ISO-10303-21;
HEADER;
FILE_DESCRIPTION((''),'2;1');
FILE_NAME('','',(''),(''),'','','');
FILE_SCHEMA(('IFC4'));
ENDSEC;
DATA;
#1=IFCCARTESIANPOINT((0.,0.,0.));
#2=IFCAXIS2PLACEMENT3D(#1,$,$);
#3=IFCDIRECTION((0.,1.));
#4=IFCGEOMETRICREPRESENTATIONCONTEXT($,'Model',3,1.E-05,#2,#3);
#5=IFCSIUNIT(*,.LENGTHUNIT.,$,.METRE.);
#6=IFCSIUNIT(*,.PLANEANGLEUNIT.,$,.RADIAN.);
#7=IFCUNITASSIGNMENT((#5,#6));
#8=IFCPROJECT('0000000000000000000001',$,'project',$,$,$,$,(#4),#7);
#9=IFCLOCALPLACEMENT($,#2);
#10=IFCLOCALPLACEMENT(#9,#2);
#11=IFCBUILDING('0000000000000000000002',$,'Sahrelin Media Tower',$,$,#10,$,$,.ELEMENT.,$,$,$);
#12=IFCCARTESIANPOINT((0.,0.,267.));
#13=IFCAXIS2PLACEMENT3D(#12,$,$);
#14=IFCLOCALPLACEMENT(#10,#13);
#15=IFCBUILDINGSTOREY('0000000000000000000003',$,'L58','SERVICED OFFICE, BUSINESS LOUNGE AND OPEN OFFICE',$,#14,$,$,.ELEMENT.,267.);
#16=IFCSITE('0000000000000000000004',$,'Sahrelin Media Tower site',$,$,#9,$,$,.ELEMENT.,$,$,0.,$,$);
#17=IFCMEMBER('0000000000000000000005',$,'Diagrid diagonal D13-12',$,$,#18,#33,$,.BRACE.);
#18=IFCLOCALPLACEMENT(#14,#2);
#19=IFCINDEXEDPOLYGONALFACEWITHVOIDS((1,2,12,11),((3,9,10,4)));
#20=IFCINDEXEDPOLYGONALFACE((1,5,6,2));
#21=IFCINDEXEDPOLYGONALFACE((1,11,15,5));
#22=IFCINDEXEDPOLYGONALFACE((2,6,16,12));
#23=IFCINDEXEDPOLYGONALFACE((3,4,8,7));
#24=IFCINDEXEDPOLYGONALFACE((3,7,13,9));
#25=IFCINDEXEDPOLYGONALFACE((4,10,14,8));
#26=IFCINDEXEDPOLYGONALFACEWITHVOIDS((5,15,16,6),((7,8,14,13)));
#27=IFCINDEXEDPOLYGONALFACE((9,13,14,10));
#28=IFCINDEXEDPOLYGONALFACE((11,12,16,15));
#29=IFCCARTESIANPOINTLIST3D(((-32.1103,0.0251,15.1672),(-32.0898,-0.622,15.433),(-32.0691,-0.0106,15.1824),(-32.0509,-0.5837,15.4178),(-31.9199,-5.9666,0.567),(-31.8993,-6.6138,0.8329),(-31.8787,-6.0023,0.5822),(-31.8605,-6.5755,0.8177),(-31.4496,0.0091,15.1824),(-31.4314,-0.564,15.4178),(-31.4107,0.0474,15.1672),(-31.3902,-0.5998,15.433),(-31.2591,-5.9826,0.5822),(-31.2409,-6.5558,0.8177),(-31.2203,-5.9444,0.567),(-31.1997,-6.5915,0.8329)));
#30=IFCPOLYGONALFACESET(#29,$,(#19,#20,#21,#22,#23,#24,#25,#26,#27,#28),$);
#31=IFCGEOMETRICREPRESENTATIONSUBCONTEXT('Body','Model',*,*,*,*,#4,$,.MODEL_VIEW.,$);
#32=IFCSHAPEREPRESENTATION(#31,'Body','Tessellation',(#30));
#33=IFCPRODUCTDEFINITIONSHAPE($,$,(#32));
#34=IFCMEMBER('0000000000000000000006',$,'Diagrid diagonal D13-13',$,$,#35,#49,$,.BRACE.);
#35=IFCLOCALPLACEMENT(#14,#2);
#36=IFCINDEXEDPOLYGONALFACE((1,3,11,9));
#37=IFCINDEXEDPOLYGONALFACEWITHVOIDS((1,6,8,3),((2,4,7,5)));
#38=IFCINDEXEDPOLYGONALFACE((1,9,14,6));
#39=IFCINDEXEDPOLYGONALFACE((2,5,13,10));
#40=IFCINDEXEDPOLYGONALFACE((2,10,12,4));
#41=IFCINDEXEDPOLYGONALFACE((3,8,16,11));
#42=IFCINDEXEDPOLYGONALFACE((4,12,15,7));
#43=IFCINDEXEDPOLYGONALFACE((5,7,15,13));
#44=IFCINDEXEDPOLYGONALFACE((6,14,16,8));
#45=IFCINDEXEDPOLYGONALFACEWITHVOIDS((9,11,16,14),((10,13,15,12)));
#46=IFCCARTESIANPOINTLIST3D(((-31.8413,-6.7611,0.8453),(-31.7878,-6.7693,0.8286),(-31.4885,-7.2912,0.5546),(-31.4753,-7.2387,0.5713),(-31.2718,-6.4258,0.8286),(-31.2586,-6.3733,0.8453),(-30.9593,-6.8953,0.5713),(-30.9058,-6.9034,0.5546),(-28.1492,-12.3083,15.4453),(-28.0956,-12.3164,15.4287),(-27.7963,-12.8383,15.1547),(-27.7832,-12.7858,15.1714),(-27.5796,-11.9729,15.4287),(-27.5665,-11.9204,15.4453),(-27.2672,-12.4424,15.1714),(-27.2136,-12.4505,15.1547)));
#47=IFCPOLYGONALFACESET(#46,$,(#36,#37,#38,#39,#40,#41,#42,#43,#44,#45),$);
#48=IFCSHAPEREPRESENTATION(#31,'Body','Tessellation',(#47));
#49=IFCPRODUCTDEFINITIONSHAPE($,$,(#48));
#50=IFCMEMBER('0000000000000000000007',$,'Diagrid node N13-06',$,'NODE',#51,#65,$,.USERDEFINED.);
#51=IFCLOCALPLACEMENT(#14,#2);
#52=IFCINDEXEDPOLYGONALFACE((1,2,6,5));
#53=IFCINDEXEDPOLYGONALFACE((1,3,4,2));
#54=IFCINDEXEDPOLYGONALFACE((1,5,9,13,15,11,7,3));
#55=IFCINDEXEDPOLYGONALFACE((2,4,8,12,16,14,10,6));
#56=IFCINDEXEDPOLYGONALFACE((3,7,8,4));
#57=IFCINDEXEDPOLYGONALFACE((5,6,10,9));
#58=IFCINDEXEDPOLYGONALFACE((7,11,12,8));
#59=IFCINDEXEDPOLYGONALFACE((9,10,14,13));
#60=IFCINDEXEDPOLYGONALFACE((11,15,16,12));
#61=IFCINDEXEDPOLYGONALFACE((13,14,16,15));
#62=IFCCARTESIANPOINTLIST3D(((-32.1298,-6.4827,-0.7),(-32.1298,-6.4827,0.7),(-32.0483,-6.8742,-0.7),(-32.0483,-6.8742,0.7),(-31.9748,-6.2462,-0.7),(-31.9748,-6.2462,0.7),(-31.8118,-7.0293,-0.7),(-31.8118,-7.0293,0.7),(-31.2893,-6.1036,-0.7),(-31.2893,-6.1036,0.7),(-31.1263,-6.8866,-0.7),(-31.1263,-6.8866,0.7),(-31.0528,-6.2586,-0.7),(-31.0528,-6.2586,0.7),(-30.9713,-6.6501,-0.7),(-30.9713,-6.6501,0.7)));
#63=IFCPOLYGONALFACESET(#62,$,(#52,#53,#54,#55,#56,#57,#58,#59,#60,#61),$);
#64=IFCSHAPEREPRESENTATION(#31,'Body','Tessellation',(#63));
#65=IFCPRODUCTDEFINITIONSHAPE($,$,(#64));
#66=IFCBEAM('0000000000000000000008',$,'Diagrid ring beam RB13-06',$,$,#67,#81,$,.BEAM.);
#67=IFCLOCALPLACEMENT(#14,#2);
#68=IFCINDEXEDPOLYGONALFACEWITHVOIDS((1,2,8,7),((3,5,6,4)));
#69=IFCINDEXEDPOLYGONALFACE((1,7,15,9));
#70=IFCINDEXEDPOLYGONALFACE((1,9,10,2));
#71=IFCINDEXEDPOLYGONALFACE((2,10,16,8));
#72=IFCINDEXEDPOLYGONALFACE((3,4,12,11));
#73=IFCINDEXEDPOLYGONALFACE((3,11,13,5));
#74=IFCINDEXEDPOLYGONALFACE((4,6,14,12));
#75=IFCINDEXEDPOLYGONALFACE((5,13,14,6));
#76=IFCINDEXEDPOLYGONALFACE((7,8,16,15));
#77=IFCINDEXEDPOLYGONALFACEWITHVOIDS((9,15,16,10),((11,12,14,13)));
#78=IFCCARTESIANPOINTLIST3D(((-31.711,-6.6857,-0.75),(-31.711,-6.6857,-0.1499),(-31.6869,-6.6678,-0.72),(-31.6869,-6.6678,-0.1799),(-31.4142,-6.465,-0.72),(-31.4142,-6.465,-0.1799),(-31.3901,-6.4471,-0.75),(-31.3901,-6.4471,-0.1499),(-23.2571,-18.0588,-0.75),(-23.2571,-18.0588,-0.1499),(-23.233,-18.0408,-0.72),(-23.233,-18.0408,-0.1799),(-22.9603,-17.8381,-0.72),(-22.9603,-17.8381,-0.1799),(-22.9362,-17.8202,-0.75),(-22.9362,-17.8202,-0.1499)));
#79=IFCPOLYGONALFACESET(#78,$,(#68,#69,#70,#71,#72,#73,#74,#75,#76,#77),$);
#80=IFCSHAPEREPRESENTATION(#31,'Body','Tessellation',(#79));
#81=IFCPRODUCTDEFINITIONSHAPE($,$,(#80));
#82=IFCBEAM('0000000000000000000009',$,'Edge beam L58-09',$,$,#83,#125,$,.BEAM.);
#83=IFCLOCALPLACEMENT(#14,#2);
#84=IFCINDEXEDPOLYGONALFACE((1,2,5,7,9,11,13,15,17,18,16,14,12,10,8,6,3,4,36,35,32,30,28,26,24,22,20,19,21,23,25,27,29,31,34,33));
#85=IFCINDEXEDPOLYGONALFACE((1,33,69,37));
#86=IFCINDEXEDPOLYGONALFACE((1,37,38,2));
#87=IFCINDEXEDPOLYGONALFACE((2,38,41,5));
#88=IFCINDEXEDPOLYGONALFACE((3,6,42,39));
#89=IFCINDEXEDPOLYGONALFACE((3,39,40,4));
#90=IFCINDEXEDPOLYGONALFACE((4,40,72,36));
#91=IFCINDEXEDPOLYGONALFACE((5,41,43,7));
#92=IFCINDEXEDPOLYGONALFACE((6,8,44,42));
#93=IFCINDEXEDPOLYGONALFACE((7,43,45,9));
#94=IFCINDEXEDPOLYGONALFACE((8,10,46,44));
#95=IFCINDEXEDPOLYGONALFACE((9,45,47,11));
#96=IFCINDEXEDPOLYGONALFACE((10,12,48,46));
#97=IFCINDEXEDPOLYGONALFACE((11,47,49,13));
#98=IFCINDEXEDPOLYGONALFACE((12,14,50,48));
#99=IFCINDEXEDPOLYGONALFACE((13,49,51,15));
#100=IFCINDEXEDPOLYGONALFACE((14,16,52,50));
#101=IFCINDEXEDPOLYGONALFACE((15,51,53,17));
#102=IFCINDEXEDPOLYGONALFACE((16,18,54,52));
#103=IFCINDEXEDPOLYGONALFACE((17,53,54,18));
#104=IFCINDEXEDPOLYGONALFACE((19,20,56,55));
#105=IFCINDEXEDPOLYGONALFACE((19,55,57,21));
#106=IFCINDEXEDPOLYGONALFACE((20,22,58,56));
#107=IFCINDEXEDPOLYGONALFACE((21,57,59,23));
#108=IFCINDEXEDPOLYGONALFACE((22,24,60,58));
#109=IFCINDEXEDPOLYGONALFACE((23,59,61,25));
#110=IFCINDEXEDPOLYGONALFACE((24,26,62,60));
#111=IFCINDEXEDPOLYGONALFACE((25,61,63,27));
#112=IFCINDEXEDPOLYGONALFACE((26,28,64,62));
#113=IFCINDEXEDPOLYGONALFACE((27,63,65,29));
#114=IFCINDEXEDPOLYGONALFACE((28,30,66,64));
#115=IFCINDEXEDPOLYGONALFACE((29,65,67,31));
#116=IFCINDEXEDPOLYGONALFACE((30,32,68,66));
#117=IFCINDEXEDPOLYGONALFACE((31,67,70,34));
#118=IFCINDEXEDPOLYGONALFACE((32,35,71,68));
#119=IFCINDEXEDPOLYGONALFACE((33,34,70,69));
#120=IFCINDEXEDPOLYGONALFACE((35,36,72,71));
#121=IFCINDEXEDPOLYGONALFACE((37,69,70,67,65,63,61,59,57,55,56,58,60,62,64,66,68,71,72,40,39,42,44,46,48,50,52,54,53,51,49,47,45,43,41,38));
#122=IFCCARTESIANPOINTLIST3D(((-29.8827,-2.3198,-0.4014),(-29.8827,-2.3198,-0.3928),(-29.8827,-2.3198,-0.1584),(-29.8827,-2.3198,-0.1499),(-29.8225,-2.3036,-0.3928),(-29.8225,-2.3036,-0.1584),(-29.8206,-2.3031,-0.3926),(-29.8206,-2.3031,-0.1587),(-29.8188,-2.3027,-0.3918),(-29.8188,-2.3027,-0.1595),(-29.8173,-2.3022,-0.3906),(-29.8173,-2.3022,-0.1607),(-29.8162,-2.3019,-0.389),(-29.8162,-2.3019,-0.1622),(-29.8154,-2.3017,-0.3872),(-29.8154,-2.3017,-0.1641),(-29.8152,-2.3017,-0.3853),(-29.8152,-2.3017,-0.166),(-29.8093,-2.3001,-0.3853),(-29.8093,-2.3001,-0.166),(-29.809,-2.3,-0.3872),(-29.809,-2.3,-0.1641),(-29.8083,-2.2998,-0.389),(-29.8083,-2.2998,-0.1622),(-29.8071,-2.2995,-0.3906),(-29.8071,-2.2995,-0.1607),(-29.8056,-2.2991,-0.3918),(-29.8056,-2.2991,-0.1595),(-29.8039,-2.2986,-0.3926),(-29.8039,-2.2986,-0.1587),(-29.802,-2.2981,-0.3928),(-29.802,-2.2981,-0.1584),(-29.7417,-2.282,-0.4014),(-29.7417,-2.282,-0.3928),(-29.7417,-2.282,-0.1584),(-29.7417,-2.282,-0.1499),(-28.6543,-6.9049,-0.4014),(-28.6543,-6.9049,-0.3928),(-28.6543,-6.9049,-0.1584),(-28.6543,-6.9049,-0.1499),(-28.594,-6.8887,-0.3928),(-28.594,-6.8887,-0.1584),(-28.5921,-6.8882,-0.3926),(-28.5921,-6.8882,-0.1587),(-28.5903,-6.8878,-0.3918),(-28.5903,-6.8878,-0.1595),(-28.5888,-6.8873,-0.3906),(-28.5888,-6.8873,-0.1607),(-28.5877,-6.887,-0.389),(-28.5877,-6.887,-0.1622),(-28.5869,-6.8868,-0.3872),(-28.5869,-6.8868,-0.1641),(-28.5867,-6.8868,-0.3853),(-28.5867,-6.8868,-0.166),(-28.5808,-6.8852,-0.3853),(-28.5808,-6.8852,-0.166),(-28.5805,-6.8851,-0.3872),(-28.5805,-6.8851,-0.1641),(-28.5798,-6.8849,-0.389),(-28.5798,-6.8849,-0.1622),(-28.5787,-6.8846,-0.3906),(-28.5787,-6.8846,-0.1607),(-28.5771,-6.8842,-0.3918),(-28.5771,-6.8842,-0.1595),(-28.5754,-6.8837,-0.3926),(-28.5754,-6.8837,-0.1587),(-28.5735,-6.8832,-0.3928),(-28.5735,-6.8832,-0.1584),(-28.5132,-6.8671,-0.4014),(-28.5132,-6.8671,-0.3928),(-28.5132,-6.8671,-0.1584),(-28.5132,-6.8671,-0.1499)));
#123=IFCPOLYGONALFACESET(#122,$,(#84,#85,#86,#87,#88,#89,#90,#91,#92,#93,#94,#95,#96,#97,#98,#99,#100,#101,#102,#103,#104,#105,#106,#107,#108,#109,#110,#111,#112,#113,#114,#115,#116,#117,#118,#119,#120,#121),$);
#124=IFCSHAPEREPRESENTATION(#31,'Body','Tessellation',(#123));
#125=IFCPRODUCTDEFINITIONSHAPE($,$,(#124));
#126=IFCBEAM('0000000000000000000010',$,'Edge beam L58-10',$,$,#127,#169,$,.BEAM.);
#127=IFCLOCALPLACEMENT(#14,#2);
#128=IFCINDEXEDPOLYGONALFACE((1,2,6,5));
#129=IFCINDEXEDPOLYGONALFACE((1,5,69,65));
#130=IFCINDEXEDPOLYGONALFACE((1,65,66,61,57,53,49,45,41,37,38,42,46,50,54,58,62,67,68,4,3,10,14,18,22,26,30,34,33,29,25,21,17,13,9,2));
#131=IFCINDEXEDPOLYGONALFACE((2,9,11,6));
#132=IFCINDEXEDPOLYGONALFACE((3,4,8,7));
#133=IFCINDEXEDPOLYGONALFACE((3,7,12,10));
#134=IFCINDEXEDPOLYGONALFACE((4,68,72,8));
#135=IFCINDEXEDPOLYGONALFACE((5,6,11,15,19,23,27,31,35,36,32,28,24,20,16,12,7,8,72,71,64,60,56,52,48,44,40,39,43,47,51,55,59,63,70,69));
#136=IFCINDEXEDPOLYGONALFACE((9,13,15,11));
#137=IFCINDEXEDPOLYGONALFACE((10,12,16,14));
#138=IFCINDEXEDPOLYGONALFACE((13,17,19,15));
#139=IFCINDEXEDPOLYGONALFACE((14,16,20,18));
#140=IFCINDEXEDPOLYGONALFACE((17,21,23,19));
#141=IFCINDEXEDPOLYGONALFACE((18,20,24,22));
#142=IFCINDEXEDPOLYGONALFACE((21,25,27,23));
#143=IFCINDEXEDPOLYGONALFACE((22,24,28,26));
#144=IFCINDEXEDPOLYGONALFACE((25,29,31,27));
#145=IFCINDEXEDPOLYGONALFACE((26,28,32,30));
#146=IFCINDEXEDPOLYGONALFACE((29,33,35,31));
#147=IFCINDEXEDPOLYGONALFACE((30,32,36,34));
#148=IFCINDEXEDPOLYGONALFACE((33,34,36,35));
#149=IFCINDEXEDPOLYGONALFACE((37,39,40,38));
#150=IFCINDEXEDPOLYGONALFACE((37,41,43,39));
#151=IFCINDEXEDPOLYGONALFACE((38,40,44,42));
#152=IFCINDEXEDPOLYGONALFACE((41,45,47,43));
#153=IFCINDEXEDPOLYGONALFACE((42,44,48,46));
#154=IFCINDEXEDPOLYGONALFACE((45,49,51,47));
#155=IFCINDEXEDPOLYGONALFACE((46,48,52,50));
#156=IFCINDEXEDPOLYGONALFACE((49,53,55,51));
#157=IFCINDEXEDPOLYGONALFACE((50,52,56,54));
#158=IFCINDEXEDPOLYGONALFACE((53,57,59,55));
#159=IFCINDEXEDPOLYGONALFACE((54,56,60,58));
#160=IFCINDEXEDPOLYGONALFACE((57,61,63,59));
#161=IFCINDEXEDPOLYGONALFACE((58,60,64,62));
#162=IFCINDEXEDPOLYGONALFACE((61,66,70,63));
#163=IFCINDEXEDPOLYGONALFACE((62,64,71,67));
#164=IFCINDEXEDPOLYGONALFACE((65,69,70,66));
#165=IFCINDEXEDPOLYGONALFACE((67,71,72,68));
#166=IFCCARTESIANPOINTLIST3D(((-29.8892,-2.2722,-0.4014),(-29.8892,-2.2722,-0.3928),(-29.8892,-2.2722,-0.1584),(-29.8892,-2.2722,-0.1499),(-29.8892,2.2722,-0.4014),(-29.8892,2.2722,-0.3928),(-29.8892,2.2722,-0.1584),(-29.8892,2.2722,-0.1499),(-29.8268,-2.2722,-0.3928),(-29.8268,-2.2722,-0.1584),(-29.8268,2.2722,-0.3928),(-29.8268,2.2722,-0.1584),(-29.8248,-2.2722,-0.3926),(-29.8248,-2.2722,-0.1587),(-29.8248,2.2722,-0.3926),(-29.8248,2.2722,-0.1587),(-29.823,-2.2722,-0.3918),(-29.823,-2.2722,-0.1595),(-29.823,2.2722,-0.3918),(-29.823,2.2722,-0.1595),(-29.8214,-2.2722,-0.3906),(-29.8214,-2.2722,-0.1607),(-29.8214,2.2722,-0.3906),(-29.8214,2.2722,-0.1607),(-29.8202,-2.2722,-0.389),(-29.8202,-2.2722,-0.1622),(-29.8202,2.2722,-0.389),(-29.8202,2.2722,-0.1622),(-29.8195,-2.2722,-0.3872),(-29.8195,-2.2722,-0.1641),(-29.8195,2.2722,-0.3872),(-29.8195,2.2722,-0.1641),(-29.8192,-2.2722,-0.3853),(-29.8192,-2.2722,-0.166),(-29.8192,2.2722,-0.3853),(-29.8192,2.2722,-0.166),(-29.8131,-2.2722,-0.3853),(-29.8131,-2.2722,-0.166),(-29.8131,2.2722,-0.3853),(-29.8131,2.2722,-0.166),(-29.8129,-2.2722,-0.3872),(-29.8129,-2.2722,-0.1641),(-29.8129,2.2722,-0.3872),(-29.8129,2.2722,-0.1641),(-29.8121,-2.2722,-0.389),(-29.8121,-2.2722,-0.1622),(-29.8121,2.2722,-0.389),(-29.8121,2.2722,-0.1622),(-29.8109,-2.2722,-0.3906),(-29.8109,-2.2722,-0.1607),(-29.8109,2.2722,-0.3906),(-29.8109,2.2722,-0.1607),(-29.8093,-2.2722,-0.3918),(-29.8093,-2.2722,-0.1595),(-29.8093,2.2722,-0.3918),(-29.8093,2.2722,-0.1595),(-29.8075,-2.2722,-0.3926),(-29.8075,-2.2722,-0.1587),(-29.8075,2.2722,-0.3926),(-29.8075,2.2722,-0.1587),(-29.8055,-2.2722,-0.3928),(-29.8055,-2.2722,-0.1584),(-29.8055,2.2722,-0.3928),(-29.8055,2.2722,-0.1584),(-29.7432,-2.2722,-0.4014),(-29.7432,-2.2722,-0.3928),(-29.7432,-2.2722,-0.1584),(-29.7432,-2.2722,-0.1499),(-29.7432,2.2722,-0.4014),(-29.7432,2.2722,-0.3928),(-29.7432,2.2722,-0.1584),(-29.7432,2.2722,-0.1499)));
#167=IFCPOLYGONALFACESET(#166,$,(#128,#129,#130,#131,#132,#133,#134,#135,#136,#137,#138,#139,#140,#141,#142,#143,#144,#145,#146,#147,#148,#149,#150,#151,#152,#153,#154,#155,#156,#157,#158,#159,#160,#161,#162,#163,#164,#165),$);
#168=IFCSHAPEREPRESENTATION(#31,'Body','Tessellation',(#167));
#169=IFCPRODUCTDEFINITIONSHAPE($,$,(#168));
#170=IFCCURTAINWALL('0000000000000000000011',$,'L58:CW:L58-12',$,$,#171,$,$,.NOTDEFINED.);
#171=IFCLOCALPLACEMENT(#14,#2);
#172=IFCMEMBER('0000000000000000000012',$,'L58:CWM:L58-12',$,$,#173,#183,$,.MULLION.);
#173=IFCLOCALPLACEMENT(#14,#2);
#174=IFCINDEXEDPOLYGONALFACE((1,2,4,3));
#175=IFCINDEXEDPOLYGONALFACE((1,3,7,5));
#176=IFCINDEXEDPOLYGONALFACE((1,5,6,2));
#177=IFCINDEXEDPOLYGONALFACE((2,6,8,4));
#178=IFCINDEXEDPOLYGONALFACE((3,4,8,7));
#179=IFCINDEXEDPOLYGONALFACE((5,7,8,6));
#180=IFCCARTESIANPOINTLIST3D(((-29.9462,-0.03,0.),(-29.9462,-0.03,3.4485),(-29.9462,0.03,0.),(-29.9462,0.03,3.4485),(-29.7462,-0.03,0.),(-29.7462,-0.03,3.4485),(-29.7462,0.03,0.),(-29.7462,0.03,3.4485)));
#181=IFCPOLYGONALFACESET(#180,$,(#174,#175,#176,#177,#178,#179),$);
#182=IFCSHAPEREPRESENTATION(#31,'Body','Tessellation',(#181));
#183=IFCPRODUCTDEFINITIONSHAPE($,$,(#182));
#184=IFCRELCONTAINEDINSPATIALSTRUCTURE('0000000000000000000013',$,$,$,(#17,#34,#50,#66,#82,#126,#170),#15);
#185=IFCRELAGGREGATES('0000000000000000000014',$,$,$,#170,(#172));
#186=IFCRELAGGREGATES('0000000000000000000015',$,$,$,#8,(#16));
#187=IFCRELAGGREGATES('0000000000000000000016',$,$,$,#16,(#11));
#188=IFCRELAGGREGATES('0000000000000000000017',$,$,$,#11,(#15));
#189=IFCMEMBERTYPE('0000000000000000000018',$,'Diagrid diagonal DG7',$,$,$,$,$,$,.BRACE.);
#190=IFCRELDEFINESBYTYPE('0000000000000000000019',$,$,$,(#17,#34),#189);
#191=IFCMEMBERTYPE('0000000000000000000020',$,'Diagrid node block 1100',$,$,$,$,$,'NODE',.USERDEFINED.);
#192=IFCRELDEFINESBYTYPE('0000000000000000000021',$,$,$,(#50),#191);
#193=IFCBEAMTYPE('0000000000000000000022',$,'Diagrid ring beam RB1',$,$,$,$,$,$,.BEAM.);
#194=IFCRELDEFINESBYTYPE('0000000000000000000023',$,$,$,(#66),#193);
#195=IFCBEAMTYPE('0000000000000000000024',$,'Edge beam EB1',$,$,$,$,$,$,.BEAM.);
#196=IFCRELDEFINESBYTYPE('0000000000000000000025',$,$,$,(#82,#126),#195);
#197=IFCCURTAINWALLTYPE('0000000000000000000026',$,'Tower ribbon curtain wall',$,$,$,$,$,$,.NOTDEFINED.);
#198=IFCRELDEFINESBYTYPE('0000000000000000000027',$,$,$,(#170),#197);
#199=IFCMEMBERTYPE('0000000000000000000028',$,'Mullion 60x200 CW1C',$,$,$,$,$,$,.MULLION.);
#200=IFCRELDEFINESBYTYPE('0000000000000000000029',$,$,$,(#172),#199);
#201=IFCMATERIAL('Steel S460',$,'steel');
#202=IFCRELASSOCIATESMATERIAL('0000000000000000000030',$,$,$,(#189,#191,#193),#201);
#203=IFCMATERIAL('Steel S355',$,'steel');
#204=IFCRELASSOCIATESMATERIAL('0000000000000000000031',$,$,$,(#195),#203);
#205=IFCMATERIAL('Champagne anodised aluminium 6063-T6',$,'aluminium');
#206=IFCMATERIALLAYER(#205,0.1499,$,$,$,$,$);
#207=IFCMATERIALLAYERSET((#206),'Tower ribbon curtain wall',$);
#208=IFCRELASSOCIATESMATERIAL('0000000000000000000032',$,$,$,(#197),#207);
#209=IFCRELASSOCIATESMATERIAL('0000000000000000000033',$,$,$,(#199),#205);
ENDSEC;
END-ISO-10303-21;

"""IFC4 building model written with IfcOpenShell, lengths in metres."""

from ifc_helpers import new_model, si_unit, direction, frame, origin, origin_2d, place, context, subcontext, project, spatial, polyline, rectangle, hollow_rectangle, i_section, outline, extrude, material, layer, layer_set, material_profile, profile_set, type_object, element, aggregate, save


model = new_model("IFC4")

# Units and contexts
model_context = context("Model", 3, precision=1e-05, world=origin(), true_north=direction((0.0, 1.0)))
body_context = subcontext(model_context, "Body", "Model", "MODEL_VIEW")
ifc_project = project(units=[si_unit("LENGTHUNIT", "METRE"), si_unit("PLANEANGLEUNIT", "RADIAN")], contexts=[model_context])

# Site, building, storey
site_placement = place(None, origin())
site = spatial("IfcSite", under=ifc_project, at=site_placement, Name="Sahrelin Media Tower site", CompositionType="ELEMENT", RefElevation=0.0)
building_placement = place(site_placement, origin())
building = spatial("IfcBuilding", under=site, at=building_placement, Name="Sahrelin Media Tower", CompositionType="ELEMENT")
storey_placement = place(building_placement, frame((0.0, 0.0, 267.0)))
storey = spatial("IfcBuildingStorey", under=building, at=storey_placement, Name="L58", Description="SERVICED OFFICE, BUSINESS LOUNGE AND OPEN OFFICE", CompositionType="ELEMENT", Elevation=267.0)

# Members
ifc_material_1 = material(Name="Steel S460", Category="steel")
ifc_material_profile_1 = material_profile(ifc_material_1, hollow_rectangle(XDim=0.7, YDim=0.7, WallThickness=0.04, at=origin_2d()), Name="Diagrid diagonal DG7")
ifc_profile_set_1 = profile_set([ifc_material_profile_1], Name="Steel S460")
member_type_1 = type_object("IfcMemberType", Name="Diagrid diagonal DG7", PredefinedType="BRACE", material=ifc_profile_set_1)
member_1_placement = place(storey_placement, frame((-31.5598, -6.2791, 0.7), z_axis=(-0.012066, 0.379633, 0.925059), x_axis=(-0.999495, -0.031766, 0.0)))
element("IfcMember", 1, at=member_1_placement, inside=storey, type_object=member_type_1, Name="Diagrid diagonal D13-12", PredefinedType="BRACE", context=body_context, shape_type="SweptSolid", body=[
    extrude(hollow_rectangle(XDim=0.7, YDim=0.7, WallThickness=0.04, at=origin_2d()), origin(), (0.0, 0.0, 1.0), 15.783),
])
member_2_placement = place(storey_placement, frame((-31.3735, -6.8323, 0.7), z_axis=(0.230056, -0.34564, 0.909729), x_axis=(0.832462, 0.554083, 0.0)))
element("IfcMember", 2, at=member_2_placement, inside=storey, type_object=member_type_1, Name="Diagrid diagonal D13-13", PredefinedType="BRACE", context=body_context, shape_type="SweptSolid", body=[
    extrude(hollow_rectangle(XDim=0.7, YDim=0.7, WallThickness=0.04, at=origin_2d()), origin(), (0.0, 0.0, 1.0), 16.0488),
])
ifc_material_profile_2 = material_profile(ifc_material_1, outline(polyline([(0.3501, -0.3999), (0.55, -0.2), (0.55, 0.2), (0.3501, 0.3999), (-0.3501, 0.3999), (-0.55, 0.2), (-0.55, -0.2), (-0.3501, -0.3999), (0.3501, -0.3999)])), Name="Diagrid node block 1100")
ifc_profile_set_2 = profile_set([ifc_material_profile_2], Name="Steel S460")
member_type_2 = type_object("IfcMemberType", Name="Diagrid node block 1100", ElementType="NODE", PredefinedType="USERDEFINED", material=ifc_profile_set_2)
member_3_placement = place(storey_placement, frame((-31.5505, -6.5664, -0.7), z_axis=(0.0, 0.0, 1.0), x_axis=(-0.979022, -0.203755, 0.0)))
element("IfcMember", 3, at=member_3_placement, inside=storey, type_object=member_type_2, Name="Diagrid node N13-06", ObjectType="NODE", PredefinedType="USERDEFINED", context=body_context, shape_type="SweptSolid", body=[
    extrude(outline(polyline([(0.3501, -0.3999), (0.55, -0.2), (0.55, 0.2), (0.3501, 0.3999), (-0.3501, 0.3999), (-0.55, 0.2), (-0.55, -0.2), (-0.3501, -0.3999), (0.3501, -0.3999)])), origin(), (0.0, 0.0, 1.0), 1.3999),
])

# Beams
ifc_material_profile_3 = material_profile(ifc_material_1, hollow_rectangle(XDim=0.3999, YDim=0.6001, WallThickness=0.03, at=origin_2d()), Name="Diagrid ring beam RB1")
ifc_profile_set_3 = profile_set([ifc_material_profile_3], Name="Steel S460")
beam_type_1 = type_object("IfcBeamType", Name="Diagrid ring beam RB1", PredefinedType="BEAM", material=ifc_profile_set_3)
beam_1_placement = place(storey_placement, frame((-31.5505, -6.5664, -0.45), z_axis=(0.596565, -0.802564, 0.0), x_axis=(0.802564, 0.596565, 0.0)))
element("IfcBeam", 4, at=beam_1_placement, inside=storey, type_object=beam_type_1, Name="Diagrid ring beam RB13-06", PredefinedType="BEAM", context=body_context, shape_type="SweptSolid", body=[
    extrude(hollow_rectangle(XDim=0.3999, YDim=0.6001, WallThickness=0.03, at=origin_2d()), origin(), (0.0, 0.0, 1.0), 14.1709),
])
ifc_material_2 = material(Name="Steel S355", Category="steel")
ifc_material_profile_4 = material_profile(ifc_material_2, i_section(OverallWidth=0.146, OverallDepth=0.2515, WebThickness=0.0061, FlangeThickness=0.0085, FilletRadius=0.0076, at=origin_2d()), Name="UB 254x146x31")
ifc_profile_set_4 = profile_set([ifc_material_profile_4], Name="Steel S355")
beam_type_2 = type_object("IfcBeamType", Name="Edge beam EB1", PredefinedType="BEAM", material=ifc_profile_set_4)
beam_2_placement = place(storey_placement, frame((-28.5837, -6.886, -0.2756), z_axis=(-0.258802, 0.96593, 0.0), x_axis=(-0.96593, -0.258802, 0.0)))
element("IfcBeam", 5, at=beam_2_placement, inside=storey, type_object=beam_type_2, Name="Edge beam L58-09", PredefinedType="BEAM", context=body_context, shape_type="SweptSolid", body=[
    extrude(i_section(OverallWidth=0.146, OverallDepth=0.2515, WebThickness=0.0061, FlangeThickness=0.0085, FilletRadius=0.0076, at=origin_2d()), origin(), (0.0, 0.0, 1.0), 4.7468),
])
beam_3_placement = place(storey_placement, frame((-29.8162, -2.2722, -0.2756), z_axis=(0.0, 1.0, 0.0), x_axis=(-1.0, 0.0, 0.0)))
element("IfcBeam", 6, at=beam_3_placement, inside=storey, type_object=beam_type_2, Name="Edge beam L58-10", PredefinedType="BEAM", context=body_context, shape_type="SweptSolid", body=[
    extrude(i_section(OverallWidth=0.146, OverallDepth=0.2515, WebThickness=0.0061, FlangeThickness=0.0085, FilletRadius=0.0076, at=origin_2d()), origin(), (0.0, 0.0, 1.0), 4.5444),
])

# Curtain wall, member
ifc_material_3 = material(Name="Champagne anodised aluminium 6063-T6", Category="aluminium")
ifc_layer_1 = layer(ifc_material_3, 0.1499)
ifc_layer_set_1 = layer_set([ifc_layer_1], Name="Tower ribbon curtain wall")
curtain_wall_type = type_object("IfcCurtainWallType", Name="Tower ribbon curtain wall", PredefinedType="NOTDEFINED", material=ifc_layer_set_1)
curtain_wall_1_placement = place(storey_placement, frame((-29.9661, 0.0, 0.0), z_axis=(0.0, 0.0, 1.0), x_axis=(1.0, 0.0, 0.0)))
curtain_wall_1 = element("IfcCurtainWall", 7, at=curtain_wall_1_placement, inside=storey, type_object=curtain_wall_type, Name="L58:CW:L58-12", PredefinedType="NOTDEFINED")
ifc_material_profile_5 = material_profile(ifc_material_3, rectangle(XDim=0.0601, YDim=0.2, at=origin_2d()), Name="Mullion 60x200")
ifc_profile_set_5 = profile_set([ifc_material_profile_5], Name="Champagne anodised aluminium 6063-T6")
member_type_3 = type_object("IfcMemberType", Name="Mullion 60x200 CW1C", PredefinedType="MULLION", material=ifc_profile_set_5)
member_4_placement = place(storey_placement, frame((-29.8462, 0.0, 0.0), z_axis=(0.0, 0.0, 1.0), x_axis=(0.0, -1.0, 0.0)))
member_4 = element("IfcMember", 8, at=member_4_placement, type_object=member_type_3, Name="L58:CWM:L58-12", PredefinedType="MULLION", context=body_context, shape_type="SweptSolid", body=[
    extrude(rectangle(XDim=0.0601, YDim=0.2, at=origin_2d()), origin(), (0.0, 0.0, 1.0), 3.4485),
])
aggregate(curtain_wall_1, [member_4])

save(model, "model.ifc")
